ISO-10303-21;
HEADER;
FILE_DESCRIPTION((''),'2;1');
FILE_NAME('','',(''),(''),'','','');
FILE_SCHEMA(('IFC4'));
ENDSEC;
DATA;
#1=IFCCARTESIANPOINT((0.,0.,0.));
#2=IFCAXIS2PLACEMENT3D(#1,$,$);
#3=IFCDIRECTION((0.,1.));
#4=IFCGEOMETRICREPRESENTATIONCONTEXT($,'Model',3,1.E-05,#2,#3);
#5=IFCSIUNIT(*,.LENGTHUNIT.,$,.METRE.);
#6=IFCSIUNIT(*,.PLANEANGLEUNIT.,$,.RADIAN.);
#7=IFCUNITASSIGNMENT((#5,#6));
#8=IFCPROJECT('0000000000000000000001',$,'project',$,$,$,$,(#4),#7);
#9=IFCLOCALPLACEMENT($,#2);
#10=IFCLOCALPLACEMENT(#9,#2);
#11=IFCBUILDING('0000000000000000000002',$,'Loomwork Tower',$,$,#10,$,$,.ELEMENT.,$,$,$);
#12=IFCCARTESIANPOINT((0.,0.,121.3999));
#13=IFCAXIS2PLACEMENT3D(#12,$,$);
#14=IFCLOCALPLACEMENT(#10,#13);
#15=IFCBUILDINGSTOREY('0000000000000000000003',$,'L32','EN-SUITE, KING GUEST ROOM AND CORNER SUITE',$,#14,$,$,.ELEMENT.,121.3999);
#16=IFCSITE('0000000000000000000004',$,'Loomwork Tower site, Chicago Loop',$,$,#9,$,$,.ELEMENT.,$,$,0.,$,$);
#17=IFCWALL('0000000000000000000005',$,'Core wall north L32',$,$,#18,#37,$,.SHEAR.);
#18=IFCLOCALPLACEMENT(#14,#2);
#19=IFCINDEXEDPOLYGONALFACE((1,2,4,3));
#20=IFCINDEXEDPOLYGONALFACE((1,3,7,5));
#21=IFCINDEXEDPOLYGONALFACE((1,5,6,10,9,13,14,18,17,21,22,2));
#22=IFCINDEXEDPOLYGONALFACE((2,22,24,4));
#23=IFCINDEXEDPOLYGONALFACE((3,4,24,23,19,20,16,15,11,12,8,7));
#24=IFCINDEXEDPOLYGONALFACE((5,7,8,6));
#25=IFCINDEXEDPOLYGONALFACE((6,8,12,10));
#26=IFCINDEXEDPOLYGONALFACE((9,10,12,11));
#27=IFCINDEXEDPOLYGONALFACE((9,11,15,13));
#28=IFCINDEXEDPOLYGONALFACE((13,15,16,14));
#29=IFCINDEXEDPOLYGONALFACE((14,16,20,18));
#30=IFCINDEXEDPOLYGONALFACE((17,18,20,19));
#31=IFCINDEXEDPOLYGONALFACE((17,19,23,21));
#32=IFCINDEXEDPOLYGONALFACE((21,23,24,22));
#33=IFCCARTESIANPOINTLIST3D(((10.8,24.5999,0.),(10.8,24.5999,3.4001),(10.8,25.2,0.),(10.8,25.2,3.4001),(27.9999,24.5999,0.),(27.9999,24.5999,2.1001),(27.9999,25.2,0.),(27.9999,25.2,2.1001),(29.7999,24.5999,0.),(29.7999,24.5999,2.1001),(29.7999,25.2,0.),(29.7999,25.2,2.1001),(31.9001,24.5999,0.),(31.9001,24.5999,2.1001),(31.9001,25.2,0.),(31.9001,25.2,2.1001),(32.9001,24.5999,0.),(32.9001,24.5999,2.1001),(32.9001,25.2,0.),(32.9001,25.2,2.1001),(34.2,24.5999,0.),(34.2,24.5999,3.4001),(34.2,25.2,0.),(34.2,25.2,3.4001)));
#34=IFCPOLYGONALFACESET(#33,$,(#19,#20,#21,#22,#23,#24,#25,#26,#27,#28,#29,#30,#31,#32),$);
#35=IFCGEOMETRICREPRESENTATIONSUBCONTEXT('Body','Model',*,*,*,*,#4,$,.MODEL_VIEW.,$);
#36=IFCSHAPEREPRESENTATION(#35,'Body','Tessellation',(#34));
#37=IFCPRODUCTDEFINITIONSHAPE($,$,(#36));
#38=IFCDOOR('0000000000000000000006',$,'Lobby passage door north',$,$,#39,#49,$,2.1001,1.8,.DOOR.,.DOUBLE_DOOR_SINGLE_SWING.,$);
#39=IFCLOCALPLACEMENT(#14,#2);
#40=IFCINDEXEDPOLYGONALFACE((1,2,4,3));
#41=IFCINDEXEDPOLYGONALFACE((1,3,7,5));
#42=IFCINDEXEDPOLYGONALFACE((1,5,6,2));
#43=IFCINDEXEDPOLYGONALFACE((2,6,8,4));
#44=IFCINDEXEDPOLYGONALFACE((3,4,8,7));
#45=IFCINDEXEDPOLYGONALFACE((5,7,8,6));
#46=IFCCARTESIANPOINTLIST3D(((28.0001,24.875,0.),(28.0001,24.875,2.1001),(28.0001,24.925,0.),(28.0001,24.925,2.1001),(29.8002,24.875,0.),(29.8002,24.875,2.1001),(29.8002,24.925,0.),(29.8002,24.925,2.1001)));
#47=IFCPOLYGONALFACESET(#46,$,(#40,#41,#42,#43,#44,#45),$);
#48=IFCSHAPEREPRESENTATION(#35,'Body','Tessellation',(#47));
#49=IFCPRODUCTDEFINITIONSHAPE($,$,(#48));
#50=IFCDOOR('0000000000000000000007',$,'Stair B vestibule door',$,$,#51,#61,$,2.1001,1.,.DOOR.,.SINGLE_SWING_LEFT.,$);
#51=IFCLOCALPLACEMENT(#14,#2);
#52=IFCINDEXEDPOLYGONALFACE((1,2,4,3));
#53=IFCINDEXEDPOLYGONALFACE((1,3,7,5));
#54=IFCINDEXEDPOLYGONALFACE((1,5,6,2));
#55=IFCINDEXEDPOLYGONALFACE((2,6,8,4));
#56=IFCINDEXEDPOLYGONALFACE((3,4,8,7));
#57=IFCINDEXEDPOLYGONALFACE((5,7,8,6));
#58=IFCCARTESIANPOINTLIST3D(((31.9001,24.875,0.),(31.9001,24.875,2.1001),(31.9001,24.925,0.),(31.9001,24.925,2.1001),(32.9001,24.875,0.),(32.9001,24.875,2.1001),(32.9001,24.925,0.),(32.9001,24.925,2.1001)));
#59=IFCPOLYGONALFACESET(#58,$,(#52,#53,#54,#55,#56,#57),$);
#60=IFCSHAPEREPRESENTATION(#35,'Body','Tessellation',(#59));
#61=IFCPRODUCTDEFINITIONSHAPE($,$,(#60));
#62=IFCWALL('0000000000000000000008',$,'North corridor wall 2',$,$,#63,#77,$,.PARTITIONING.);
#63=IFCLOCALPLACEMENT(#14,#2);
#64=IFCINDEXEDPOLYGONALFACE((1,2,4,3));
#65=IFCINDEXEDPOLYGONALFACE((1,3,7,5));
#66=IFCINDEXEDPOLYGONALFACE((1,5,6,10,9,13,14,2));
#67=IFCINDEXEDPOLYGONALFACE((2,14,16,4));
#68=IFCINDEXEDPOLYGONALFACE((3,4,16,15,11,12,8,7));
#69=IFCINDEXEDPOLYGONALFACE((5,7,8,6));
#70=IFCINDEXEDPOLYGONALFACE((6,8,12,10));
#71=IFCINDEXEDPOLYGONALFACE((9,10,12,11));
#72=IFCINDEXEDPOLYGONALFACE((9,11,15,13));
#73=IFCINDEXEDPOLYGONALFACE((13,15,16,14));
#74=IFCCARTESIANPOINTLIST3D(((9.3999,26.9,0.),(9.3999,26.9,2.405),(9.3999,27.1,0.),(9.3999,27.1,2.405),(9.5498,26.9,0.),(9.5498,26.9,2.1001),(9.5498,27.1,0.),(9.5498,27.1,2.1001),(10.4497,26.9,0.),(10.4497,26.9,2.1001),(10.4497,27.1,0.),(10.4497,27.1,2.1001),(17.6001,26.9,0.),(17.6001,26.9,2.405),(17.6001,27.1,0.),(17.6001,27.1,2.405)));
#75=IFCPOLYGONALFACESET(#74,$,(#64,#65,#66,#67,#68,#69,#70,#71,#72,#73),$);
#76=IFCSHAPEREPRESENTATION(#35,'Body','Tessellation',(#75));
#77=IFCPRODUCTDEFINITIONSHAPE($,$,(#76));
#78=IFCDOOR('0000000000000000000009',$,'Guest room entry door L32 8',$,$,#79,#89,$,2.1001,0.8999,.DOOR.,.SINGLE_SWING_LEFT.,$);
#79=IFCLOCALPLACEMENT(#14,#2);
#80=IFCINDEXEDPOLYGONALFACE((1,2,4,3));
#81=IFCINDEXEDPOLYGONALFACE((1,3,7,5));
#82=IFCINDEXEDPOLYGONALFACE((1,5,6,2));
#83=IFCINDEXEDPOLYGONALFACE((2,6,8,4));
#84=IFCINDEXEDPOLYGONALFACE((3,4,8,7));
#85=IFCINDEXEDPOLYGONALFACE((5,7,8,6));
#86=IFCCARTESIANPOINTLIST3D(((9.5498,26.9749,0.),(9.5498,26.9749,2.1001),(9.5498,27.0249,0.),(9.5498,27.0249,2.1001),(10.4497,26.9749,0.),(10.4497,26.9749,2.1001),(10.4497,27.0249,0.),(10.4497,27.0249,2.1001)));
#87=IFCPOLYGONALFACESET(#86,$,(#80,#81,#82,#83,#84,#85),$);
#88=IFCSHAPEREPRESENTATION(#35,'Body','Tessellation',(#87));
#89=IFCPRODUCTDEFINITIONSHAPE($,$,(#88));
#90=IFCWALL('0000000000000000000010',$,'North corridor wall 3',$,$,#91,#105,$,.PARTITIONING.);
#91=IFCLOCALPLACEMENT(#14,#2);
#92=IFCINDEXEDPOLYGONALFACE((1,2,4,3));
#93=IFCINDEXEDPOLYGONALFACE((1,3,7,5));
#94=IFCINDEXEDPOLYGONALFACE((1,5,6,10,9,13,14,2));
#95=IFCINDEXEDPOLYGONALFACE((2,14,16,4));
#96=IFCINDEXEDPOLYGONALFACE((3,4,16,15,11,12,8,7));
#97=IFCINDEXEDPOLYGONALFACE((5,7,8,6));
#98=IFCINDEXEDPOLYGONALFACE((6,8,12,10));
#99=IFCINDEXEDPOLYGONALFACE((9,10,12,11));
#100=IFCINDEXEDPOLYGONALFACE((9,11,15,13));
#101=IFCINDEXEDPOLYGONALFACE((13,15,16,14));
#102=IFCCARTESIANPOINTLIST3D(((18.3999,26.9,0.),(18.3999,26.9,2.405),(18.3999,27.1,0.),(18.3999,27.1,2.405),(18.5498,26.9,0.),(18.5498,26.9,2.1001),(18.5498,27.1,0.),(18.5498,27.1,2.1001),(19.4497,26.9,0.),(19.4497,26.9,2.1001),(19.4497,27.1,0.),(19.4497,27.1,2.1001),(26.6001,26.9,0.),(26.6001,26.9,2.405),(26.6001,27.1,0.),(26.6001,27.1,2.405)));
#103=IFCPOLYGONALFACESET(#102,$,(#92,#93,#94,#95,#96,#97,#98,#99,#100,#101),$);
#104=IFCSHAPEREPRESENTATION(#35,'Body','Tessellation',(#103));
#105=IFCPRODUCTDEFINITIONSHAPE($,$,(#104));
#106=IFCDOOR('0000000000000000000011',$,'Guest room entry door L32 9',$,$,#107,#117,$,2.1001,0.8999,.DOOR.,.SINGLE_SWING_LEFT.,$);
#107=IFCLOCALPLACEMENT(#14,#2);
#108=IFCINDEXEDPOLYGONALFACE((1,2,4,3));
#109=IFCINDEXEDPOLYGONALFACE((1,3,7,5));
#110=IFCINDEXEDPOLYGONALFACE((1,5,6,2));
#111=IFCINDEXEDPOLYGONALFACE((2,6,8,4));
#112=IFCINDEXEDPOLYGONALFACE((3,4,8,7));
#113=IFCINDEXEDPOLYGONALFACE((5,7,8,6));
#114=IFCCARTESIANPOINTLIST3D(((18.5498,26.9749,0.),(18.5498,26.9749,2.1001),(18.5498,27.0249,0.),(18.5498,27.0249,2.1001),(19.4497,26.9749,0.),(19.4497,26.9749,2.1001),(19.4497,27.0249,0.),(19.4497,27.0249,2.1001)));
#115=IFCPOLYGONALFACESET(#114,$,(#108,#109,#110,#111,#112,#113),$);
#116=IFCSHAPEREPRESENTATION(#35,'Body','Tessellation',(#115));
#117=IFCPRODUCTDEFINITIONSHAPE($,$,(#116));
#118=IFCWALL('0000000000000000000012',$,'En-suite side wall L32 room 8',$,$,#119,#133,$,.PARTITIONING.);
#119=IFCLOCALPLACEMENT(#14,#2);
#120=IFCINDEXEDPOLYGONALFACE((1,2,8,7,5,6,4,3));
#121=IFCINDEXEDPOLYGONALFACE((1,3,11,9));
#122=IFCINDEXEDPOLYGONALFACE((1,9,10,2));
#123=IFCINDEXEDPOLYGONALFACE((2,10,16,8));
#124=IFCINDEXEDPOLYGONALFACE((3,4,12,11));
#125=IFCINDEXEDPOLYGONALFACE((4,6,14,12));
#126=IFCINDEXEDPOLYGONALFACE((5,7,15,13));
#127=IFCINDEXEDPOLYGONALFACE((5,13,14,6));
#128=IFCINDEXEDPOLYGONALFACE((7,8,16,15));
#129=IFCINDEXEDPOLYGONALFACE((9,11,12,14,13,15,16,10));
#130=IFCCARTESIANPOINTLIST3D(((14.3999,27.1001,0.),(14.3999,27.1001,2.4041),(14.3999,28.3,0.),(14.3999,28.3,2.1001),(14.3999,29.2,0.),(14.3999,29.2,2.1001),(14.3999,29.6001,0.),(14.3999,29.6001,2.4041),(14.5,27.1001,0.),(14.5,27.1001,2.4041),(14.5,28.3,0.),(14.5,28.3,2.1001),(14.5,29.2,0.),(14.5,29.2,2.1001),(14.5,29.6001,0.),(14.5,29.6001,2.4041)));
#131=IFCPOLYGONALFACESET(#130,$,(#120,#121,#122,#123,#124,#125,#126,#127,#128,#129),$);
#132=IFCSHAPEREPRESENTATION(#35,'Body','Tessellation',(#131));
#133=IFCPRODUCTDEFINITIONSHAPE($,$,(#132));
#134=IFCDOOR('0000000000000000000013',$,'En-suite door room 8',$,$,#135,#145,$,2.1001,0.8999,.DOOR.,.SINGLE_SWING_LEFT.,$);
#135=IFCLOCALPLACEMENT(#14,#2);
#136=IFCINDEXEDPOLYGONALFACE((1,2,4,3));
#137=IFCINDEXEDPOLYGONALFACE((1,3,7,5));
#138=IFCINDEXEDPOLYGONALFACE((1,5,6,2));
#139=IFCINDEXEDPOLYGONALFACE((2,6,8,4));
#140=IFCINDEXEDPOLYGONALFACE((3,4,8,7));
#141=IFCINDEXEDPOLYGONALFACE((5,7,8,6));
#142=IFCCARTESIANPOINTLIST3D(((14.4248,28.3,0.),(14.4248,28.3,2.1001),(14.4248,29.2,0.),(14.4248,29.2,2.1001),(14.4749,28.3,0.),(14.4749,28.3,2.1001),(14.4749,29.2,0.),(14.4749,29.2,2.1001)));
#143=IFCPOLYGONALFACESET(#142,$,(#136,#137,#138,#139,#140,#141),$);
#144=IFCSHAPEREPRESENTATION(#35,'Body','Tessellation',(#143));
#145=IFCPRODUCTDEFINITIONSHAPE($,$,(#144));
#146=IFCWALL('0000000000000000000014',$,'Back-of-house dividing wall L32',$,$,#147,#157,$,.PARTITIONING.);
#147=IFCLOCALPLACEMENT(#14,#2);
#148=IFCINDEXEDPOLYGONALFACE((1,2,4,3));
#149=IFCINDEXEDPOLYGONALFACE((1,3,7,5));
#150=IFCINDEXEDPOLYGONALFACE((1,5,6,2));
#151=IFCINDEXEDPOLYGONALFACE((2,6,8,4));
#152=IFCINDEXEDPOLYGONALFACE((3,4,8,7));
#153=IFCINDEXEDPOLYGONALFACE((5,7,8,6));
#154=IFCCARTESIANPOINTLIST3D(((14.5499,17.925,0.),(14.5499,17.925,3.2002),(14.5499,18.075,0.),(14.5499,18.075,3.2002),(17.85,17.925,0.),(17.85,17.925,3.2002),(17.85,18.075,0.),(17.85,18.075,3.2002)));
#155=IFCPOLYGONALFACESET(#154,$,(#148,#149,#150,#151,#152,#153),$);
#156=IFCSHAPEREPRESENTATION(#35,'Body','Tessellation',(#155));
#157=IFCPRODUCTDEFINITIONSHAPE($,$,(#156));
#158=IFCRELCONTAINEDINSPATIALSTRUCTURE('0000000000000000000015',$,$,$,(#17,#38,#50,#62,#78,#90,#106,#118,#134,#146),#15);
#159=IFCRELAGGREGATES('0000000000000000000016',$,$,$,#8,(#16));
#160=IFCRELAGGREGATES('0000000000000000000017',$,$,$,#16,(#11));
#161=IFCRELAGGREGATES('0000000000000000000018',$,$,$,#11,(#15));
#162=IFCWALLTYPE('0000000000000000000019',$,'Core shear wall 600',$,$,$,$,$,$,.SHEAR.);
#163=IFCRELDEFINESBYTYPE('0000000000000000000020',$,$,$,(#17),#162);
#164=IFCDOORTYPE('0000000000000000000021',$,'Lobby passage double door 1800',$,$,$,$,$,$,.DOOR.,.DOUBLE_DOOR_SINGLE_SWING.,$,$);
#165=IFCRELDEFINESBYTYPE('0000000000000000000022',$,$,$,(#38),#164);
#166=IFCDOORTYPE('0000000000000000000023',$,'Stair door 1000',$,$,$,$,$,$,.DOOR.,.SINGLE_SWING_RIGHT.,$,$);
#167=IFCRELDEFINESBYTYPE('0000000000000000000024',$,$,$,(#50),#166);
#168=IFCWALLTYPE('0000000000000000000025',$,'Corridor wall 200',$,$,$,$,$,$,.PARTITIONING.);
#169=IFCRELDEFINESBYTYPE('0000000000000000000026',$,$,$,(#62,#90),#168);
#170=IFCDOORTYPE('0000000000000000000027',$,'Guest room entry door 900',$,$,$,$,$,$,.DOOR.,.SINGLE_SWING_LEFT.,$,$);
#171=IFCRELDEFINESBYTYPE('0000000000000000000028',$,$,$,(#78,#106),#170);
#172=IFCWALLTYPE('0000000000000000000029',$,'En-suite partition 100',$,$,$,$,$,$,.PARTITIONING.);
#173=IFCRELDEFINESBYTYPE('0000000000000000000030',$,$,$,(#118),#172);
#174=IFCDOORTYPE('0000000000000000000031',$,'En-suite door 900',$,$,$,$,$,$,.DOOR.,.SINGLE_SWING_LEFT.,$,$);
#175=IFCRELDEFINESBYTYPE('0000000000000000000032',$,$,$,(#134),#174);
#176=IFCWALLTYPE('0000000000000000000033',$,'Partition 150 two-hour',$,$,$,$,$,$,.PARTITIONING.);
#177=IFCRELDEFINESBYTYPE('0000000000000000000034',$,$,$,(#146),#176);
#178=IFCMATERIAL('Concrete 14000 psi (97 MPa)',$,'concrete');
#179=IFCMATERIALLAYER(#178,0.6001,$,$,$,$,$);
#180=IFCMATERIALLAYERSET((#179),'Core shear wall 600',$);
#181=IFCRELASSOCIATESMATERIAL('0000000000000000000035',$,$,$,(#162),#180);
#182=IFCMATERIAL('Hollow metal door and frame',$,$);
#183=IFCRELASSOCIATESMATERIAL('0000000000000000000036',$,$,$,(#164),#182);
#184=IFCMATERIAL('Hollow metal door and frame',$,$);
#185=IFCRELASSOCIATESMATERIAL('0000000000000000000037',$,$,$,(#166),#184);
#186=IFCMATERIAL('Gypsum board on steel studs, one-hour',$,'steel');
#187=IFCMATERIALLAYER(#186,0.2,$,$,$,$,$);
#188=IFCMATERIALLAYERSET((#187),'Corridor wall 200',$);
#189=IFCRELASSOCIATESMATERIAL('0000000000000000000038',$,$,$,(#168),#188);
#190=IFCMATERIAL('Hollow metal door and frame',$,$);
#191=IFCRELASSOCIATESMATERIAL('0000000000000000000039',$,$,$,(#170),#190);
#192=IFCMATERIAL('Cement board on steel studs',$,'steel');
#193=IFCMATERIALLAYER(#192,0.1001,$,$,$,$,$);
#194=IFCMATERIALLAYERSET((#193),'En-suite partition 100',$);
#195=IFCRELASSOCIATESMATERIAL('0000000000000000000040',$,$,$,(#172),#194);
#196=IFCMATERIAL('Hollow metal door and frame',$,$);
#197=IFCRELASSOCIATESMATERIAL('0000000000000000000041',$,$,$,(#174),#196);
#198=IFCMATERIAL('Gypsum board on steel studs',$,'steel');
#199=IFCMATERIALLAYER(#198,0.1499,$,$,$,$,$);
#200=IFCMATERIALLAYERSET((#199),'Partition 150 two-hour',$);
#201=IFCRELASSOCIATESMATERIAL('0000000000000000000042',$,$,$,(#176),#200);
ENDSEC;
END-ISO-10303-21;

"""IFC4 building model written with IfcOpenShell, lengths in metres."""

from ifc_helpers import new_model, si_unit, direction, frame, frame_2d, origin, place, context, subcontext, project, spatial, rectangle, extrude, material, layer, layer_set, type_object, element, fill, save


model = new_model("IFC4")

# Units and contexts
model_context = context("Model", 3, precision=1e-05, world=origin(), true_north=direction((0.0, 1.0)))
body_context = subcontext(model_context, "Body", "Model", "MODEL_VIEW")
ifc_project = project(units=[si_unit("LENGTHUNIT", "METRE"), si_unit("PLANEANGLEUNIT", "RADIAN")], contexts=[model_context])

# Site, building, storey
site_placement = place(None, origin())
site = spatial("IfcSite", under=ifc_project, at=site_placement, Name="Loomwork Tower site, Chicago Loop", CompositionType="ELEMENT", RefElevation=0.0)
building_placement = place(site_placement, origin())
building = spatial("IfcBuilding", under=site, at=building_placement, Name="Loomwork Tower", CompositionType="ELEMENT")
storey_placement = place(building_placement, frame((0.0, 0.0, 121.3999)))
storey = spatial("IfcBuildingStorey", under=building, at=storey_placement, Name="L32", Description="EN-SUITE, KING GUEST ROOM AND CORNER SUITE", CompositionType="ELEMENT", Elevation=121.3999)

# Wall, openings, doors
ifc_material_1 = material(Name="Concrete 14000 psi (97 MPa)", Category="concrete")
ifc_layer_1 = layer(ifc_material_1, 0.6001)
ifc_layer_set_1 = layer_set([ifc_layer_1], Name="Core shear wall 600")
wall_type_1 = type_object("IfcWallType", Name="Core shear wall 600", PredefinedType="SHEAR", material=ifc_layer_set_1)
wall_1_placement = place(storey_placement, frame((10.8, 24.8999, 0.0), z_axis=(0.0, 0.0, 1.0), x_axis=(1.0, 0.0, 0.0)))
wall_1 = element("IfcWall", 1, at=wall_1_placement, inside=storey, type_object=wall_type_1, Name="Core wall north L32", PredefinedType="SHEAR", context=body_context, shape_type="SweptSolid", body=[
    extrude(rectangle(XDim=23.3999, YDim=0.6001, at=frame_2d((11.7, 0.0))), origin(), (0.0, 0.0, 1.0), 3.4001),
])
opening_1_placement = place(wall_1_placement, frame((17.2, 0.0, 0.0)))
opening_1 = element("IfcOpeningElement", 2, at=opening_1_placement, cuts=wall_1, PredefinedType="OPENING", context=body_context, shape_type="SweptSolid", body=[
    extrude(rectangle(XDim=1.8, YDim=2.1001, at=frame_2d((0.8999, 1.05))), frame((0.0, 0.3101, 0.0), z_axis=(0.0, -1.0, 0.0), x_axis=(1.0, 0.0, 0.0)), (0.0, 0.0, 1.0), 0.6201),
])
opening_2_placement = place(wall_1_placement, frame((21.1001, 0.0, 0.0)))
opening_2 = element("IfcOpeningElement", 3, at=opening_2_placement, cuts=wall_1, PredefinedType="OPENING", context=body_context, shape_type="SweptSolid", body=[
    extrude(rectangle(XDim=1.0, YDim=2.1001, at=frame_2d((0.5, 1.05))), frame((0.0, 0.3101, 0.0), z_axis=(0.0, -1.0, 0.0), x_axis=(1.0, 0.0, 0.0)), (0.0, 0.0, 1.0), 0.6201),
])
ifc_material_2 = material(Name="Hollow metal door and frame")
door_type_1 = type_object("IfcDoorType", Name="Lobby passage double door 1800", OperationType="DOUBLE_DOOR_SINGLE_SWING", PredefinedType="DOOR", material=ifc_material_2)
door_1_placement = place(opening_1_placement, frame((1.8, 0.0, 0.0), z_axis=(0.0, 0.0, 1.0), x_axis=(-1.0, 0.0, 0.0)))
door_1 = element("IfcDoor", 4, at=door_1_placement, inside=storey, type_object=door_type_1, Name="Lobby passage door north", OperationType="DOUBLE_DOOR_SINGLE_SWING", OverallHeight=2.1001, OverallWidth=1.8, PredefinedType="DOOR", context=body_context, shape_type="SweptSolid", body=[
    extrude(rectangle(XDim=1.8, YDim=2.1001, at=frame_2d((0.8999, 1.05))), frame((0.0, 0.0249, 0.0), z_axis=(0.0, -1.0, 0.0), x_axis=(1.0, 0.0, 0.0)), (0.0, 0.0, 1.0), 0.05),
])
fill(opening_1, door_1)
ifc_material_3 = material(Name="Hollow metal door and frame")
door_type_2 = type_object("IfcDoorType", Name="Stair door 1000", OperationType="SINGLE_SWING_RIGHT", PredefinedType="DOOR", material=ifc_material_3)
door_2_placement = place(opening_2_placement, frame((1.0, 0.0, 0.0), z_axis=(0.0, 0.0, 1.0), x_axis=(-1.0, 0.0, 0.0)))
door_2 = element("IfcDoor", 5, at=door_2_placement, inside=storey, type_object=door_type_2, Name="Stair B vestibule door", OperationType="SINGLE_SWING_LEFT", OverallHeight=2.1001, OverallWidth=1.0, PredefinedType="DOOR", context=body_context, shape_type="SweptSolid", body=[
    extrude(rectangle(XDim=1.0, YDim=2.1001, at=frame_2d((0.5, 1.05))), frame((0.0, 0.0249, 0.0), z_axis=(0.0, -1.0, 0.0), x_axis=(1.0, 0.0, 0.0)), (0.0, 0.0, 1.0), 0.05),
])
fill(opening_2, door_2)

# Walls, openings, doors
ifc_material_4 = material(Name="Gypsum board on steel studs, one-hour", Category="steel")
ifc_layer_2 = layer(ifc_material_4, 0.2)
ifc_layer_set_2 = layer_set([ifc_layer_2], Name="Corridor wall 200")
wall_type_2 = type_object("IfcWallType", Name="Corridor wall 200", PredefinedType="PARTITIONING", material=ifc_layer_set_2)
wall_2_placement = place(storey_placement, frame((9.3999, 27.0, 0.0), z_axis=(0.0, 0.0, 1.0), x_axis=(1.0, 0.0, 0.0)))
wall_2 = element("IfcWall", 6, at=wall_2_placement, inside=storey, type_object=wall_type_2, Name="North corridor wall 2", PredefinedType="PARTITIONING", context=body_context, shape_type="SweptSolid", body=[
    extrude(rectangle(XDim=8.2002, YDim=0.2, at=frame_2d((4.1001, 0.0))), origin(), (0.0, 0.0, 1.0), 2.405),
])
opening_3_placement = place(wall_2_placement, frame((0.1499, 0.0, 0.0)))
opening_3 = element("IfcOpeningElement", 7, at=opening_3_placement, cuts=wall_2, PredefinedType="OPENING", context=body_context, shape_type="SweptSolid", body=[
    extrude(rectangle(XDim=0.8999, YDim=2.1001, at=frame_2d((0.45, 1.05))), frame((0.0, 0.1099, 0.0), z_axis=(0.0, -1.0, 0.0), x_axis=(1.0, 0.0, 0.0)), (0.0, 0.0, 1.0), 0.22),
])
ifc_material_5 = material(Name="Hollow metal door and frame")
door_type_3 = type_object("IfcDoorType", Name="Guest room entry door 900", OperationType="SINGLE_SWING_LEFT", PredefinedType="DOOR", material=ifc_material_5)
door_3_placement = place(opening_3_placement, origin())
door_3 = element("IfcDoor", 8, at=door_3_placement, inside=storey, type_object=door_type_3, Name="Guest room entry door L32 8", OperationType="SINGLE_SWING_LEFT", OverallHeight=2.1001, OverallWidth=0.8999, PredefinedType="DOOR", context=body_context, shape_type="SweptSolid", body=[
    extrude(rectangle(XDim=0.8999, YDim=2.1001, at=frame_2d((0.45, 1.05))), frame((0.0, 0.0249, 0.0), z_axis=(0.0, -1.0, 0.0), x_axis=(1.0, 0.0, 0.0)), (0.0, 0.0, 1.0), 0.05),
])
fill(opening_3, door_3)
wall_3_placement = place(storey_placement, frame((18.3999, 27.0, 0.0), z_axis=(0.0, 0.0, 1.0), x_axis=(1.0, 0.0, 0.0)))
wall_3 = element("IfcWall", 9, at=wall_3_placement, inside=storey, type_object=wall_type_2, Name="North corridor wall 3", PredefinedType="PARTITIONING", context=body_context, shape_type="SweptSolid", body=[
    extrude(rectangle(XDim=8.2002, YDim=0.2, at=frame_2d((4.1001, 0.0))), origin(), (0.0, 0.0, 1.0), 2.405),
])
opening_4_placement = place(wall_3_placement, frame((0.1499, 0.0, 0.0)))
opening_4 = element("IfcOpeningElement", 10, at=opening_4_placement, cuts=wall_3, PredefinedType="OPENING", context=body_context, shape_type="SweptSolid", body=[
    extrude(rectangle(XDim=0.8999, YDim=2.1001, at=frame_2d((0.45, 1.05))), frame((0.0, 0.1099, 0.0), z_axis=(0.0, -1.0, 0.0), x_axis=(1.0, 0.0, 0.0)), (0.0, 0.0, 1.0), 0.22),
])
door_4_placement = place(opening_4_placement, origin())
door_4 = element("IfcDoor", 11, at=door_4_placement, inside=storey, type_object=door_type_3, Name="Guest room entry door L32 9", OperationType="SINGLE_SWING_LEFT", OverallHeight=2.1001, OverallWidth=0.8999, PredefinedType="DOOR", context=body_context, shape_type="SweptSolid", body=[
    extrude(rectangle(XDim=0.8999, YDim=2.1001, at=frame_2d((0.45, 1.05))), frame((0.0, 0.0249, 0.0), z_axis=(0.0, -1.0, 0.0), x_axis=(1.0, 0.0, 0.0)), (0.0, 0.0, 1.0), 0.05),
])
fill(opening_4, door_4)
ifc_material_6 = material(Name="Cement board on steel studs", Category="steel")
ifc_layer_3 = layer(ifc_material_6, 0.1001)
ifc_layer_set_3 = layer_set([ifc_layer_3], Name="En-suite partition 100")
wall_type_3 = type_object("IfcWallType", Name="En-suite partition 100", PredefinedType="PARTITIONING", material=ifc_layer_set_3)
wall_4_placement = place(storey_placement, frame((14.45, 27.1001, 0.0), z_axis=(0.0, 0.0, 1.0), x_axis=(0.0, 1.0, 0.0)))
wall_4 = element("IfcWall", 12, at=wall_4_placement, inside=storey, type_object=wall_type_3, Name="En-suite side wall L32 room 8", PredefinedType="PARTITIONING", context=body_context, shape_type="SweptSolid", body=[
    extrude(rectangle(XDim=2.5, YDim=0.1001, at=frame_2d((1.25, 0.0))), origin(), (0.0, 0.0, 1.0), 2.4041),
])
opening_5_placement = place(wall_4_placement, frame((1.2, 0.0, 0.0)))
opening_5 = element("IfcOpeningElement", 13, at=opening_5_placement, cuts=wall_4, PredefinedType="OPENING", context=body_context, shape_type="SweptSolid", body=[
    extrude(rectangle(XDim=0.8999, YDim=2.1001, at=frame_2d((0.45, 1.05))), frame((0.0, 0.0601, 0.0), z_axis=(0.0, -1.0, 0.0), x_axis=(1.0, 0.0, 0.0)), (0.0, 0.0, 1.0), 0.1201),
])
ifc_material_7 = material(Name="Hollow metal door and frame")
door_type_4 = type_object("IfcDoorType", Name="En-suite door 900", OperationType="SINGLE_SWING_LEFT", PredefinedType="DOOR", material=ifc_material_7)
door_5_placement = place(opening_5_placement, frame((0.8999, 0.0, 0.0), z_axis=(0.0, 0.0, 1.0), x_axis=(-1.0, 0.0, 0.0)))
door_5 = element("IfcDoor", 14, at=door_5_placement, inside=storey, type_object=door_type_4, Name="En-suite door room 8", OperationType="SINGLE_SWING_LEFT", OverallHeight=2.1001, OverallWidth=0.8999, PredefinedType="DOOR", context=body_context, shape_type="SweptSolid", body=[
    extrude(rectangle(XDim=0.8999, YDim=2.1001, at=frame_2d((0.45, 1.05))), frame((0.0, 0.0249, 0.0), z_axis=(0.0, -1.0, 0.0), x_axis=(1.0, 0.0, 0.0)), (0.0, 0.0, 1.0), 0.05),
])
fill(opening_5, door_5)

# Wall
ifc_material_8 = material(Name="Gypsum board on steel studs", Category="steel")
ifc_layer_4 = layer(ifc_material_8, 0.1499)
ifc_layer_set_4 = layer_set([ifc_layer_4], Name="Partition 150 two-hour")
wall_type_4 = type_object("IfcWallType", Name="Partition 150 two-hour", PredefinedType="PARTITIONING", material=ifc_layer_set_4)
wall_5_placement = place(storey_placement, frame((14.55, 18.0, 0.0), z_axis=(0.0, 0.0, 1.0), x_axis=(1.0, 0.0, 0.0)))
element("IfcWall", 15, at=wall_5_placement, inside=storey, type_object=wall_type_4, Name="Back-of-house dividing wall L32", PredefinedType="PARTITIONING", context=body_context, shape_type="SweptSolid", body=[
    extrude(rectangle(XDim=3.3, YDim=0.1499, at=frame_2d((1.6499, 0.0))), origin(), (0.0, 0.0, 1.0), 3.2002),
])

save(model, "model.ifc")
